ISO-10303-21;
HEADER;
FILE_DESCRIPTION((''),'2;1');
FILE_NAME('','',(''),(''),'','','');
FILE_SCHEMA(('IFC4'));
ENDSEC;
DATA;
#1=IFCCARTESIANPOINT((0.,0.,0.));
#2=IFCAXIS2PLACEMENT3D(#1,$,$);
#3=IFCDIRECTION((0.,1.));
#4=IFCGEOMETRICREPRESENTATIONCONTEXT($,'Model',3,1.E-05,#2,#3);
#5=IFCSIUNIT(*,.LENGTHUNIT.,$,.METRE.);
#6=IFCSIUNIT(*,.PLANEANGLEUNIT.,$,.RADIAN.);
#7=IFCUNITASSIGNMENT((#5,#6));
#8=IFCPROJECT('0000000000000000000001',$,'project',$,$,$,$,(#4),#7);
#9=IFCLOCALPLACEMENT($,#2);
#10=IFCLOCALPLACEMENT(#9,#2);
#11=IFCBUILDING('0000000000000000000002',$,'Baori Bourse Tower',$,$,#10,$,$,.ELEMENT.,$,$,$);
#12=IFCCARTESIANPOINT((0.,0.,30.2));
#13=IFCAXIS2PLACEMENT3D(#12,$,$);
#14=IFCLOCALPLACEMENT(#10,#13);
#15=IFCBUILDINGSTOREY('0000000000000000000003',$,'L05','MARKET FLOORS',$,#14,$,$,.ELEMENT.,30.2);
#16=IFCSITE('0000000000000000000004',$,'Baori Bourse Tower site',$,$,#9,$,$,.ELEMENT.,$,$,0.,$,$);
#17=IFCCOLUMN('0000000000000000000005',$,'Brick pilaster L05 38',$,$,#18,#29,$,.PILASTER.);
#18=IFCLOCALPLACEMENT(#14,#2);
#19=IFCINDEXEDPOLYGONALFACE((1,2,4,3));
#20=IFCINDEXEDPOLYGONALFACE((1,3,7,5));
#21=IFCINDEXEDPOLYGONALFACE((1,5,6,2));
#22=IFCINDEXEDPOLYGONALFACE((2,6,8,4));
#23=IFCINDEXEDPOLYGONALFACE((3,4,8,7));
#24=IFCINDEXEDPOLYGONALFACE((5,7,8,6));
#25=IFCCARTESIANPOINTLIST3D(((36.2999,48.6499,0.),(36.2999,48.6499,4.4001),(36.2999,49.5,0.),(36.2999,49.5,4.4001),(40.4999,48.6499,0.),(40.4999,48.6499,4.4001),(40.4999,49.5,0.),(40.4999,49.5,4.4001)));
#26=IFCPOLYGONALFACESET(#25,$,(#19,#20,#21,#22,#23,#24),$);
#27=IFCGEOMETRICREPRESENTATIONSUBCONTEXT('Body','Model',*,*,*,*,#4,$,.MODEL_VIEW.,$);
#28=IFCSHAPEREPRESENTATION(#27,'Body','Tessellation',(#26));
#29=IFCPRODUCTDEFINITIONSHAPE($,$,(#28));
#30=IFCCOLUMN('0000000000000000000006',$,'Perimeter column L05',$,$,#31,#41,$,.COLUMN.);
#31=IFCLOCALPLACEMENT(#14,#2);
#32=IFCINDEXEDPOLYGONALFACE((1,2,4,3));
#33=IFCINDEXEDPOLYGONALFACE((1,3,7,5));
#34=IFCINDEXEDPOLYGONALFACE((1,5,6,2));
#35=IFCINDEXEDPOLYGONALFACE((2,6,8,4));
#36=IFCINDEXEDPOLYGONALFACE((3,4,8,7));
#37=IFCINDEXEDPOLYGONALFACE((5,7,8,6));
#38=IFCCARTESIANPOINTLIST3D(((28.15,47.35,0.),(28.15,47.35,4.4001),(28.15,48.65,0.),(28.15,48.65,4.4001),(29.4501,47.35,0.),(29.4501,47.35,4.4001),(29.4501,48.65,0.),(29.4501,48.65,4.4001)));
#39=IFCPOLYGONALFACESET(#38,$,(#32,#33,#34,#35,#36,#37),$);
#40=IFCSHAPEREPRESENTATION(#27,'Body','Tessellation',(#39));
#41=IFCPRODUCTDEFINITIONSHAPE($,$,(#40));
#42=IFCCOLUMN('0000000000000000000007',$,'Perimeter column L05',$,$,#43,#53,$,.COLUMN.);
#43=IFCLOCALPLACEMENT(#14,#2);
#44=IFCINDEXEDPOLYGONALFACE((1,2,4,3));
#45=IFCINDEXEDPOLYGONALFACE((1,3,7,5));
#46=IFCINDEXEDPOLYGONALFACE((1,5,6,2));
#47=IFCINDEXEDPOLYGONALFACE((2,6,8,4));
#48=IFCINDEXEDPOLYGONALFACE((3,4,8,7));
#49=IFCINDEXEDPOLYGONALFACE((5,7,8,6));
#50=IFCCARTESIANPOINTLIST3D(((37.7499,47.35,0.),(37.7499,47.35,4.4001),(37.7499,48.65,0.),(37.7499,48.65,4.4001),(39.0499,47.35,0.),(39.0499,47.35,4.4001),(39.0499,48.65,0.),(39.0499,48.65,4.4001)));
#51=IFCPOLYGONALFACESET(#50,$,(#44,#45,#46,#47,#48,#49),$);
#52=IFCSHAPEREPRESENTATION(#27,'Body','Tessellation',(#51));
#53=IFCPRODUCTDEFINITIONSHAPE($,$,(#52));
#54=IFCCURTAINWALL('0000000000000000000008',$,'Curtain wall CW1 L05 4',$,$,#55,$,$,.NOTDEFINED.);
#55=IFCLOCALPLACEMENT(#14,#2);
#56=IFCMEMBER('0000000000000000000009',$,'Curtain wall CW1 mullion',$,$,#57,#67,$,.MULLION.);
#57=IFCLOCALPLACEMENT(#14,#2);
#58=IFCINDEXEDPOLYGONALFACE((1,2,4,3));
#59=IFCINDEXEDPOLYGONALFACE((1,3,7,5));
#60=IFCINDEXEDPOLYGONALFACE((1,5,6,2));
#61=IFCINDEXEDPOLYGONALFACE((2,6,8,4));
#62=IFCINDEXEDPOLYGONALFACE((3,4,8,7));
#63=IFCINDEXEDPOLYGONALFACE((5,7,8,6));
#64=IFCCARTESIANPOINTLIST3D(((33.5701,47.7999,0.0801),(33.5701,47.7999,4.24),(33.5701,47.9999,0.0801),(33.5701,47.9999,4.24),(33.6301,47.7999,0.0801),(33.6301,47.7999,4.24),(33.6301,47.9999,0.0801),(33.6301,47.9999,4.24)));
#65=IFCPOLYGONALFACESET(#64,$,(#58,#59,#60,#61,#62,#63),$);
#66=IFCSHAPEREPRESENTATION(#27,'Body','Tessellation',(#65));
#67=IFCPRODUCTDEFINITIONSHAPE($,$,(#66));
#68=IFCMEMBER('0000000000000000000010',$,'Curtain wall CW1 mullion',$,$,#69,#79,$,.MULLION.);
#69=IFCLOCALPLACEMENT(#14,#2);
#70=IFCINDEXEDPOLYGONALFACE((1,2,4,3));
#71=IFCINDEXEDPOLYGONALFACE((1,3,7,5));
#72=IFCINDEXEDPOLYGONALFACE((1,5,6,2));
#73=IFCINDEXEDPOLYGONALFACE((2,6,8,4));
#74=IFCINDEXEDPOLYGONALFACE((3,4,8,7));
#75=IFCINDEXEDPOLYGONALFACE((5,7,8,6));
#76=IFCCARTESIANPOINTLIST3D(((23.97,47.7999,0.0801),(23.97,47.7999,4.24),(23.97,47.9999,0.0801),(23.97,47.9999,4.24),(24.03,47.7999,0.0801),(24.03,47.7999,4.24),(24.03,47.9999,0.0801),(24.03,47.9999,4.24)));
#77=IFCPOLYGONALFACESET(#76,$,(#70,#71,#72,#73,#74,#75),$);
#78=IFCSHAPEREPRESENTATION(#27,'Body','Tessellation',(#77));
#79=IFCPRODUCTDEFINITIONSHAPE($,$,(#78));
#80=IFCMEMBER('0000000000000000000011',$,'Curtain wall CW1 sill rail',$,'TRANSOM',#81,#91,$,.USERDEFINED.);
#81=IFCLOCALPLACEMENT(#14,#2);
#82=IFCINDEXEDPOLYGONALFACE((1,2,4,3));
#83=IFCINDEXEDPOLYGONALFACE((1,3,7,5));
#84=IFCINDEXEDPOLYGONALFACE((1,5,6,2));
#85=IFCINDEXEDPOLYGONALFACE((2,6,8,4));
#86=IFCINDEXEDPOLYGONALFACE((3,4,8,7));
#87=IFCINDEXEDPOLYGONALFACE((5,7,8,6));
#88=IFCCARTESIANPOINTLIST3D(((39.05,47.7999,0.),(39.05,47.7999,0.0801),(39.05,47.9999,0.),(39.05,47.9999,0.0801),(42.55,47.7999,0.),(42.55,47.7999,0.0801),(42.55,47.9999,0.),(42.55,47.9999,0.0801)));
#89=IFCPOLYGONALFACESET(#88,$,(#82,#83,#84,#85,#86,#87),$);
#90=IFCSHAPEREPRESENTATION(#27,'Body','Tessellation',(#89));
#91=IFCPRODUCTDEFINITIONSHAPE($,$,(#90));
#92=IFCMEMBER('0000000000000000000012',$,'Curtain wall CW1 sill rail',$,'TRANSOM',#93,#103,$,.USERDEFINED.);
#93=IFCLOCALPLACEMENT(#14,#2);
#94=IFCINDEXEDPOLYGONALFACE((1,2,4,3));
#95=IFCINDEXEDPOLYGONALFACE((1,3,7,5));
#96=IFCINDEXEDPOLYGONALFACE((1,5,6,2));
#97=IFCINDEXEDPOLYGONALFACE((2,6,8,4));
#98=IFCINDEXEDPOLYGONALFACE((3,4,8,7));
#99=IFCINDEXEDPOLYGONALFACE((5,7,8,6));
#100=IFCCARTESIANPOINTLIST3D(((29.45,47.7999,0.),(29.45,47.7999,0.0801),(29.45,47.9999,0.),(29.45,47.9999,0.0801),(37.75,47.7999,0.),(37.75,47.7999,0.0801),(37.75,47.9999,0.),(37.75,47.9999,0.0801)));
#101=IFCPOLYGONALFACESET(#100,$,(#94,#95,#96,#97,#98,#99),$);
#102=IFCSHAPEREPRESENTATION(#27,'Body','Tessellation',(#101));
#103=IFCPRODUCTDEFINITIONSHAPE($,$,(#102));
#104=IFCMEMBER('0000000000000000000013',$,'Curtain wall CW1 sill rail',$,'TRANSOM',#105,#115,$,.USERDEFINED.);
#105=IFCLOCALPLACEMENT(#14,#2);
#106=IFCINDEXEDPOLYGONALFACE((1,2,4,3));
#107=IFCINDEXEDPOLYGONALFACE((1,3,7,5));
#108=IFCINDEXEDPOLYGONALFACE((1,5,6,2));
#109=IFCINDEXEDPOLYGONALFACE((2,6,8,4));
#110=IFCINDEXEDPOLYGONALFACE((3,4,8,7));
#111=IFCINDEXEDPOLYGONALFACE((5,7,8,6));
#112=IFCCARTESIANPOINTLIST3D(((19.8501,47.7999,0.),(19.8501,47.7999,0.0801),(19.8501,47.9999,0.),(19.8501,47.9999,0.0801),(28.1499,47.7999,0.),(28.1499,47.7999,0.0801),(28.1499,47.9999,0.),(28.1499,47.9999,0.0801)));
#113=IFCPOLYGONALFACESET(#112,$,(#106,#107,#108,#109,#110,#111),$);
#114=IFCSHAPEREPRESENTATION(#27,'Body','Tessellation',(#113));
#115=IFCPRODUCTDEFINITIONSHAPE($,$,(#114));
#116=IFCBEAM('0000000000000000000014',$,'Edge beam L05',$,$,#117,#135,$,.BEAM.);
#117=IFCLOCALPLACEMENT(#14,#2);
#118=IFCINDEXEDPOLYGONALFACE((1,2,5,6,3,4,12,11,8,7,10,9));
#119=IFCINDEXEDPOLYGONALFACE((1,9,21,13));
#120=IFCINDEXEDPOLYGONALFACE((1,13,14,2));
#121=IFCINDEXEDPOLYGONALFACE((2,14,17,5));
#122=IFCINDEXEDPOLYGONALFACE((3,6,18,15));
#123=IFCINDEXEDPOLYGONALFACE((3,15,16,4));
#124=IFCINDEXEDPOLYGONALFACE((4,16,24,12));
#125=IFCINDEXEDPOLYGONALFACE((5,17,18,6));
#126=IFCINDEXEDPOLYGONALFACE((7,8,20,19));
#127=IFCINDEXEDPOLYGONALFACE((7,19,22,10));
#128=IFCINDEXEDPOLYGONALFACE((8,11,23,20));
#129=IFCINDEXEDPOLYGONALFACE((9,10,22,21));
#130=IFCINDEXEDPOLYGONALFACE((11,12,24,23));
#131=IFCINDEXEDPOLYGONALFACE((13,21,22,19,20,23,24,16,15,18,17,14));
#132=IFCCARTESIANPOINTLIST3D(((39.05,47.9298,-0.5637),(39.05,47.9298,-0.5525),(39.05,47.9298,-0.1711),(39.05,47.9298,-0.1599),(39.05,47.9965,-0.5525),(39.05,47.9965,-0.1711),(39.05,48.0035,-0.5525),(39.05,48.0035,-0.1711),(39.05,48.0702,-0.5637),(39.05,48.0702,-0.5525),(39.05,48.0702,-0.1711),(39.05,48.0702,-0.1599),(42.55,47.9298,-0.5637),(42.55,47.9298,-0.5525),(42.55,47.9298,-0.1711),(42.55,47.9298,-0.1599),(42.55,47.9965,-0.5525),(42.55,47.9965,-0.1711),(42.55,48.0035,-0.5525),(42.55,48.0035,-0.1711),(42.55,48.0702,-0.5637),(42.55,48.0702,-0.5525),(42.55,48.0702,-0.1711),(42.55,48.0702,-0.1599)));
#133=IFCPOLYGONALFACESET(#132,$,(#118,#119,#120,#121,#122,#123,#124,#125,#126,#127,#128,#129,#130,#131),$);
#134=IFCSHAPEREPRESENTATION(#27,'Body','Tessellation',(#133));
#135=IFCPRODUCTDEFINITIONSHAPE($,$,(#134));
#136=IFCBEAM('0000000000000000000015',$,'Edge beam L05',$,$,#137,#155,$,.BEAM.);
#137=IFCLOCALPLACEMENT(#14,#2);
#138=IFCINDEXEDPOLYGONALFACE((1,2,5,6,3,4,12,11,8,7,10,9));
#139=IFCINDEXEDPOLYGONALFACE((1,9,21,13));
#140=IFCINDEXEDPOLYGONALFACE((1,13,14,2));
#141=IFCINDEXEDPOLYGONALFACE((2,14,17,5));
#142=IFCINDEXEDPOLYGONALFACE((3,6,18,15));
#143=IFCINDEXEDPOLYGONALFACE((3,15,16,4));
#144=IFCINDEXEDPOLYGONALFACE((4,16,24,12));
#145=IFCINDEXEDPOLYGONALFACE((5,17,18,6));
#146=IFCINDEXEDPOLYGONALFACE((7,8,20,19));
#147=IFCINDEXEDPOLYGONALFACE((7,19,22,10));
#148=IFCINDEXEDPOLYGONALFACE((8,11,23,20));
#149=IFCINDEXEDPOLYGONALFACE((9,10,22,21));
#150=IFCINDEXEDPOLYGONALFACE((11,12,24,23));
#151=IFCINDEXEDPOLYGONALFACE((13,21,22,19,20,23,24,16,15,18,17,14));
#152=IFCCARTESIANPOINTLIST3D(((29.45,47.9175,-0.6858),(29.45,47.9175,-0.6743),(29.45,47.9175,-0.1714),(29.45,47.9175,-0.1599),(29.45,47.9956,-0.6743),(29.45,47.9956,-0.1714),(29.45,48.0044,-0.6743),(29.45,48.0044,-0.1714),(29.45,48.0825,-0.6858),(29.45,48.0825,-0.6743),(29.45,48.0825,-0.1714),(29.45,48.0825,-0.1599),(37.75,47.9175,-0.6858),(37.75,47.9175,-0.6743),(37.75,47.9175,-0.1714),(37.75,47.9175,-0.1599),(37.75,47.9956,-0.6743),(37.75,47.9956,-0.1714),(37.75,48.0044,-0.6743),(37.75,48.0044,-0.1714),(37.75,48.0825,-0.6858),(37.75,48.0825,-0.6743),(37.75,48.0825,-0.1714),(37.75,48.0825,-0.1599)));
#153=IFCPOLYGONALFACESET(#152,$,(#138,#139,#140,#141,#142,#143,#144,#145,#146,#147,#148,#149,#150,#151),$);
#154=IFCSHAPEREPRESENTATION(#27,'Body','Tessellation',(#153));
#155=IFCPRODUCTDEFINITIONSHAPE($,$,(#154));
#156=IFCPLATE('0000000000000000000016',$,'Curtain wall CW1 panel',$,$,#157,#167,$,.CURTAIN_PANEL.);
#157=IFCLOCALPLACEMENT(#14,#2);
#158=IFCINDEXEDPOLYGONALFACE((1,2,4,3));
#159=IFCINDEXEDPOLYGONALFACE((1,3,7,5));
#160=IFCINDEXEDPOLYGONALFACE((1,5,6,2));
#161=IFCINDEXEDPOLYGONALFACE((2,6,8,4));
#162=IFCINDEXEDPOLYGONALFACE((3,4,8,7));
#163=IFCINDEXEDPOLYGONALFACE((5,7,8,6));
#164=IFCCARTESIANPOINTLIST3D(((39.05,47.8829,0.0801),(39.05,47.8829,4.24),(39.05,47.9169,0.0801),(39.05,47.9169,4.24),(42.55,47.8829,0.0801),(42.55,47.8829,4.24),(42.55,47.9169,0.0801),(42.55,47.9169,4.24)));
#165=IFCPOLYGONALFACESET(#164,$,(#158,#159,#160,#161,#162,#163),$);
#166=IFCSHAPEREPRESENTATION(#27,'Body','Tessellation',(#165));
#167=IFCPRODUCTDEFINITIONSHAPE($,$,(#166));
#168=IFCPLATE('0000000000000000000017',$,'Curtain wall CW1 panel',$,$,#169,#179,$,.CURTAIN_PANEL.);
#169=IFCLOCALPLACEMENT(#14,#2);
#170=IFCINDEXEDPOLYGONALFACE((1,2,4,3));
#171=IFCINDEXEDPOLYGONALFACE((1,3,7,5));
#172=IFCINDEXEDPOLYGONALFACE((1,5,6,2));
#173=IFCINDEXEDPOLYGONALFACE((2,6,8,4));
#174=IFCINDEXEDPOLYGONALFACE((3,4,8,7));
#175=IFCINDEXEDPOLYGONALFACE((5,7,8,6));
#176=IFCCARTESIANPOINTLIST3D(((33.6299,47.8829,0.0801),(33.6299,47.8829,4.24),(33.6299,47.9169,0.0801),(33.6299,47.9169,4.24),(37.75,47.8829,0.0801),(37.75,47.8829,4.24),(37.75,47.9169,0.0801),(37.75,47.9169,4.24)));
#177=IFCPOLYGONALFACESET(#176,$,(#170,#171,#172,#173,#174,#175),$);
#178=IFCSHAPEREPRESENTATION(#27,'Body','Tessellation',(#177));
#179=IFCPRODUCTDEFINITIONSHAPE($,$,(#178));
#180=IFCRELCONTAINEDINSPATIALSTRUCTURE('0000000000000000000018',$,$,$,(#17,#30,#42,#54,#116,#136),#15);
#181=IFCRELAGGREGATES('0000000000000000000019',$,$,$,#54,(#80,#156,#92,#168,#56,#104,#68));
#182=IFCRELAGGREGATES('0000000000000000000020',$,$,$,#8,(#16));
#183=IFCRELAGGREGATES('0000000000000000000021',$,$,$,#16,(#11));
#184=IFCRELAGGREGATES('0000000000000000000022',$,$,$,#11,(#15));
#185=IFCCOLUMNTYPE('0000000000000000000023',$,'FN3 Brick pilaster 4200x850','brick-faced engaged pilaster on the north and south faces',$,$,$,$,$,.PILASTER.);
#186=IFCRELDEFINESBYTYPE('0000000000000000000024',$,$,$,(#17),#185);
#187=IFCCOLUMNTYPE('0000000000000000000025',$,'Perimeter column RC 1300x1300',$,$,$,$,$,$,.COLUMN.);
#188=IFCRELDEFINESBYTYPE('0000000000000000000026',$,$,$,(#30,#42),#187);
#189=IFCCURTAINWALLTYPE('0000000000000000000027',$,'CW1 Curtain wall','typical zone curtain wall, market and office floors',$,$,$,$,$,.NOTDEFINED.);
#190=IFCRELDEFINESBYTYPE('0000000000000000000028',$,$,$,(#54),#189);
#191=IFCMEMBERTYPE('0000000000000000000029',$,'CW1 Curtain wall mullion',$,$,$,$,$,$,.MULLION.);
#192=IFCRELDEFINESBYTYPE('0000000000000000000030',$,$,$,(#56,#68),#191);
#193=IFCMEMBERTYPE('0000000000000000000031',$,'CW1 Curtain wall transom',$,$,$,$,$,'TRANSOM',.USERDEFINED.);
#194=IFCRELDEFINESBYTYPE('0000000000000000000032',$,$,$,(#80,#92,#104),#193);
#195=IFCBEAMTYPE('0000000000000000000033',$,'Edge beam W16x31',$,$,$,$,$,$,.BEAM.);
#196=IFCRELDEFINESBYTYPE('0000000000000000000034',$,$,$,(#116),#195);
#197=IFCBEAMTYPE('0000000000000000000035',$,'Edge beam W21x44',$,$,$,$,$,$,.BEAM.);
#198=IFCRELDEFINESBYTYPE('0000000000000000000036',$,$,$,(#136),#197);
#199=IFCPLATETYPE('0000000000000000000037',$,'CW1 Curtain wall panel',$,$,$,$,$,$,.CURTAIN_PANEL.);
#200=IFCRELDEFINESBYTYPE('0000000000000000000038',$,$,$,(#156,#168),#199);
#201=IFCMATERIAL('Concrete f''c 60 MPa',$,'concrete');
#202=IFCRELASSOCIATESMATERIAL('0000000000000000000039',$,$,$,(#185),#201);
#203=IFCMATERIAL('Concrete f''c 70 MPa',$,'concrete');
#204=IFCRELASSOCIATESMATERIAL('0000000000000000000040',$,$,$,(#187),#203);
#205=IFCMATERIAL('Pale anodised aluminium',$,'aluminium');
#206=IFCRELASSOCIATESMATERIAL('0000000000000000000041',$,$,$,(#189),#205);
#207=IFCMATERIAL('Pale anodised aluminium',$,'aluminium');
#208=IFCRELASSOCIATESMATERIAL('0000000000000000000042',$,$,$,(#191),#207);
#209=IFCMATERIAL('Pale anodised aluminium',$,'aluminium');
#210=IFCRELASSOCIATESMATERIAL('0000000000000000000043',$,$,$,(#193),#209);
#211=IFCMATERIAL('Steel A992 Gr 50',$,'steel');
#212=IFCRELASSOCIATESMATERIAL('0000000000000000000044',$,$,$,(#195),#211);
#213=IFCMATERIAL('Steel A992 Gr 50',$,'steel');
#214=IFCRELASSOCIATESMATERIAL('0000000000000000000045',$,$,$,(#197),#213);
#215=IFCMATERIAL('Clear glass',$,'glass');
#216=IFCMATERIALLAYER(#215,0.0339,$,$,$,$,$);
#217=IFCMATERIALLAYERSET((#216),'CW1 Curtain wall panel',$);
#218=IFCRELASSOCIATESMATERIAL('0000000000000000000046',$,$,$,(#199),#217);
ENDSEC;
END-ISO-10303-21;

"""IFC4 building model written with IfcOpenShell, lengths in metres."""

from ifc_helpers import new_model, si_unit, direction, frame, origin, origin_2d, place, context, subcontext, project, spatial, rectangle, i_section, extrude, material, layer, layer_set, material_profile, profile_set, type_object, element, aggregate, save


model = new_model("IFC4")

# Units and contexts
model_context = context("Model", 3, precision=1e-05, world=origin(), true_north=direction((0.0, 1.0)))
body_context = subcontext(model_context, "Body", "Model", "MODEL_VIEW")
ifc_project = project(units=[si_unit("LENGTHUNIT", "METRE"), si_unit("PLANEANGLEUNIT", "RADIAN")], contexts=[model_context])

# Site, building, storey
site_placement = place(None, origin())
site = spatial("IfcSite", under=ifc_project, at=site_placement, Name="Baori Bourse Tower site", CompositionType="ELEMENT", RefElevation=0.0)
building_placement = place(site_placement, origin())
building = spatial("IfcBuilding", under=site, at=building_placement, Name="Baori Bourse Tower", CompositionType="ELEMENT")
storey_placement = place(building_placement, frame((0.0, 0.0, 30.2)))
storey = spatial("IfcBuildingStorey", under=building, at=storey_placement, Name="L05", Description="MARKET FLOORS", CompositionType="ELEMENT", Elevation=30.2)

# Columns
ifc_material_1 = material(Name="Concrete f'c 60 MPa", Category="concrete")
ifc_material_profile_1 = material_profile(ifc_material_1, rectangle(XDim=4.2, YDim=0.8501, at=origin_2d()), Name="RC 4200x850")
ifc_profile_set_1 = profile_set([ifc_material_profile_1], Name="Concrete f'c 60 MPa")
column_type_1 = type_object("IfcColumnType", Name="FN3 Brick pilaster 4200x850", Description="brick-faced engaged pilaster on the north and south faces", PredefinedType="PILASTER", material=ifc_profile_set_1)
column_placement = place(storey_placement, frame((38.3999, 49.075, 0.0), z_axis=(0.0, 0.0, 1.0), x_axis=(1.0, 0.0, 0.0)))
element("IfcColumn", 1, at=column_placement, inside=storey, type_object=column_type_1, Name="Brick pilaster L05 38", PredefinedType="PILASTER", context=body_context, shape_type="SweptSolid", body=[
    extrude(rectangle(XDim=4.2, YDim=0.8501, at=origin_2d()), origin(), (0.0, 0.0, 1.0), 4.4001),
])
ifc_material_2 = material(Name="Concrete f'c 70 MPa", Category="concrete")
ifc_material_profile_2 = material_profile(ifc_material_2, rectangle(XDim=1.3, YDim=1.3, at=origin_2d()), Name="RC 1300x1300")
ifc_profile_set_2 = profile_set([ifc_material_profile_2], Name="Concrete f'c 70 MPa")
column_type_2 = type_object("IfcColumnType", Name="Perimeter column RC 1300x1300", PredefinedType="COLUMN", material=ifc_profile_set_2)
for number, where, z_axis, x_axis, name in (
    (2, (28.8, 48.0, 0.0), (0.0, 0.0, 1.0), (1.0, 0.0, 0.0), "Perimeter column L05"),
    (3, (38.3999, 48.0, 0.0), (0.0, 0.0, 1.0), (1.0, 0.0, 0.0), "Perimeter column L05"),
):
    element("IfcColumn", number, at=place(storey_placement, frame(where, z_axis=z_axis, x_axis=x_axis)), inside=storey, type_object=column_type_2, Name=name, PredefinedType="COLUMN", context=body_context, shape_type="SweptSolid", body=[
        extrude(rectangle(XDim=1.3, YDim=1.3, at=origin_2d()), origin(), (0.0, 0.0, 1.0), 4.4001),
    ])

# Curtain wall, members
ifc_material_3 = material(Name="Pale anodised aluminium", Category="aluminium")
curtain_wall_type = type_object("IfcCurtainWallType", Name="CW1 Curtain wall", Description="typical zone curtain wall, market and office floors", PredefinedType="NOTDEFINED", material=ifc_material_3)
curtain_wall_placement = place(storey_placement, origin())
curtain_wall = element("IfcCurtainWall", 4, at=curtain_wall_placement, inside=storey, type_object=curtain_wall_type, Name="Curtain wall CW1 L05 4", PredefinedType="NOTDEFINED")
ifc_material_4 = material(Name="Pale anodised aluminium", Category="aluminium")
ifc_material_profile_3 = material_profile(ifc_material_4, rectangle(XDim=0.2, YDim=0.0601, at=origin_2d()), Name="Mullion 60x200")
ifc_profile_set_3 = profile_set([ifc_material_profile_3], Name="Pale anodised aluminium")
member_type_1 = type_object("IfcMemberType", Name="CW1 Curtain wall mullion", PredefinedType="MULLION", material=ifc_profile_set_3)
member_1_placement = place(storey_placement, frame((33.6001, 47.8999, 0.0801), z_axis=(0.0, 0.0, 1.0), x_axis=(0.0, -1.0, 0.0)))
member_1 = element("IfcMember", 5, at=member_1_placement, type_object=member_type_1, Name="Curtain wall CW1 mullion", PredefinedType="MULLION", context=body_context, shape_type="SweptSolid", body=[
    extrude(rectangle(XDim=0.2, YDim=0.0601, at=origin_2d()), origin(), (0.0, 0.0, 1.0), 4.1599),
])
member_2_placement = place(storey_placement, frame((24.0, 47.8999, 0.0801), z_axis=(0.0, 0.0, 1.0), x_axis=(0.0, -1.0, 0.0)))
member_2 = element("IfcMember", 6, at=member_2_placement, type_object=member_type_1, Name="Curtain wall CW1 mullion", PredefinedType="MULLION", context=body_context, shape_type="SweptSolid", body=[
    extrude(rectangle(XDim=0.2, YDim=0.0601, at=origin_2d()), origin(), (0.0, 0.0, 1.0), 4.1599),
])
ifc_material_5 = material(Name="Pale anodised aluminium", Category="aluminium")
ifc_material_profile_4 = material_profile(ifc_material_5, rectangle(XDim=0.2, YDim=0.0801, at=origin_2d()), Name="Transom 80x200")
ifc_profile_set_4 = profile_set([ifc_material_profile_4], Name="Pale anodised aluminium")
member_type_2 = type_object("IfcMemberType", Name="CW1 Curtain wall transom", ElementType="TRANSOM", PredefinedType="USERDEFINED", material=ifc_profile_set_4)
member_3_placement = place(storey_placement, frame((42.55, 47.8999, 0.04), z_axis=(-1.0, 0.0, 0.0), x_axis=(0.0, -1.0, 0.0)))
member_3 = element("IfcMember", 7, at=member_3_placement, type_object=member_type_2, Name="Curtain wall CW1 sill rail", ObjectType="TRANSOM", PredefinedType="USERDEFINED", context=body_context, shape_type="SweptSolid", body=[
    extrude(rectangle(XDim=0.2, YDim=0.0801, at=origin_2d()), origin(), (0.0, 0.0, 1.0), 3.5),
])
member_4_placement = place(storey_placement, frame((37.75, 47.8999, 0.04), z_axis=(-1.0, 0.0, 0.0), x_axis=(0.0, -1.0, 0.0)))
member_4 = element("IfcMember", 8, at=member_4_placement, type_object=member_type_2, Name="Curtain wall CW1 sill rail", ObjectType="TRANSOM", PredefinedType="USERDEFINED", context=body_context, shape_type="SweptSolid", body=[
    extrude(rectangle(XDim=0.2, YDim=0.0801, at=origin_2d()), origin(), (0.0, 0.0, 1.0), 8.3),
])
member_5_placement = place(storey_placement, frame((28.1499, 47.8999, 0.04), z_axis=(-1.0, 0.0, 0.0), x_axis=(0.0, -1.0, 0.0)))
member_5 = element("IfcMember", 9, at=member_5_placement, type_object=member_type_2, Name="Curtain wall CW1 sill rail", ObjectType="TRANSOM", PredefinedType="USERDEFINED", context=body_context, shape_type="SweptSolid", body=[
    extrude(rectangle(XDim=0.2, YDim=0.0801, at=origin_2d()), origin(), (0.0, 0.0, 1.0), 8.2998),
])

# Beams
ifc_material_6 = material(Name="Steel A992 Gr 50", Category="steel")
ifc_material_profile_5 = material_profile(ifc_material_6, i_section(OverallWidth=0.1404, OverallDepth=0.4038, WebThickness=0.0071, FlangeThickness=0.0112, at=origin_2d()), Name="W16x31")
ifc_profile_set_5 = profile_set([ifc_material_profile_5], Name="Steel A992 Gr 50")
beam_type_1 = type_object("IfcBeamType", Name="Edge beam W16x31", PredefinedType="BEAM", material=ifc_profile_set_5)
beam_1_placement = place(storey_placement, frame((39.05, 48.0, -0.3618), z_axis=(1.0, 0.0, 0.0), x_axis=(0.0, 1.0, 0.0)))
element("IfcBeam", 10, at=beam_1_placement, inside=storey, type_object=beam_type_1, Name="Edge beam L05", PredefinedType="BEAM", context=body_context, shape_type="SweptSolid", body=[
    extrude(i_section(OverallWidth=0.1404, OverallDepth=0.4038, WebThickness=0.0071, FlangeThickness=0.0112, at=origin_2d()), origin(), (0.0, 0.0, 1.0), 3.5),
])
ifc_material_7 = material(Name="Steel A992 Gr 50", Category="steel")
ifc_material_profile_6 = material_profile(ifc_material_7, i_section(OverallWidth=0.165, OverallDepth=0.5259, WebThickness=0.0088, FlangeThickness=0.0115, at=origin_2d()), Name="W21x44")
ifc_profile_set_6 = profile_set([ifc_material_profile_6], Name="Steel A992 Gr 50")
beam_type_2 = type_object("IfcBeamType", Name="Edge beam W21x44", PredefinedType="BEAM", material=ifc_profile_set_6)
beam_2_placement = place(storey_placement, frame((29.45, 48.0, -0.4229), z_axis=(1.0, 0.0, 0.0), x_axis=(0.0, 1.0, 0.0)))
element("IfcBeam", 11, at=beam_2_placement, inside=storey, type_object=beam_type_2, Name="Edge beam L05", PredefinedType="BEAM", context=body_context, shape_type="SweptSolid", body=[
    extrude(i_section(OverallWidth=0.165, OverallDepth=0.5259, WebThickness=0.0088, FlangeThickness=0.0115, at=origin_2d()), origin(), (0.0, 0.0, 1.0), 8.3),
])

# Plates
ifc_material_8 = material(Name="Clear glass", Category="glass")
ifc_layer_1 = layer(ifc_material_8, 0.0339)
ifc_layer_set_1 = layer_set([ifc_layer_1], Name="CW1 Curtain wall panel")
plate_type = type_object("IfcPlateType", Name="CW1 Curtain wall panel", PredefinedType="CURTAIN_PANEL", material=ifc_layer_set_1)
plate_1_placement = place(storey_placement, frame((40.8, 47.8999, 0.0801), z_axis=(0.0, 0.0, 1.0), x_axis=(-1.0, 0.0, 0.0)))
plate_1 = element("IfcPlate", 12, at=plate_1_placement, type_object=plate_type, Name="Curtain wall CW1 panel", PredefinedType="CURTAIN_PANEL", context=body_context, shape_type="SweptSolid", body=[
    extrude(rectangle(XDim=3.5, YDim=0.0339, at=origin_2d()), origin(), (0.0, 0.0, 1.0), 4.1599),
])
plate_2_placement = place(storey_placement, frame((35.6899, 47.8999, 0.0801), z_axis=(0.0, 0.0, 1.0), x_axis=(-1.0, 0.0, 0.0)))
plate_2 = element("IfcPlate", 13, at=plate_2_placement, type_object=plate_type, Name="Curtain wall CW1 panel", PredefinedType="CURTAIN_PANEL", context=body_context, shape_type="SweptSolid", body=[
    extrude(rectangle(XDim=4.1201, YDim=0.0339, at=origin_2d()), origin(), (0.0, 0.0, 1.0), 4.1599),
])
aggregate(curtain_wall, [member_3, plate_1, member_4, plate_2, member_1, member_5, member_2])

save(model, "model.ifc")
